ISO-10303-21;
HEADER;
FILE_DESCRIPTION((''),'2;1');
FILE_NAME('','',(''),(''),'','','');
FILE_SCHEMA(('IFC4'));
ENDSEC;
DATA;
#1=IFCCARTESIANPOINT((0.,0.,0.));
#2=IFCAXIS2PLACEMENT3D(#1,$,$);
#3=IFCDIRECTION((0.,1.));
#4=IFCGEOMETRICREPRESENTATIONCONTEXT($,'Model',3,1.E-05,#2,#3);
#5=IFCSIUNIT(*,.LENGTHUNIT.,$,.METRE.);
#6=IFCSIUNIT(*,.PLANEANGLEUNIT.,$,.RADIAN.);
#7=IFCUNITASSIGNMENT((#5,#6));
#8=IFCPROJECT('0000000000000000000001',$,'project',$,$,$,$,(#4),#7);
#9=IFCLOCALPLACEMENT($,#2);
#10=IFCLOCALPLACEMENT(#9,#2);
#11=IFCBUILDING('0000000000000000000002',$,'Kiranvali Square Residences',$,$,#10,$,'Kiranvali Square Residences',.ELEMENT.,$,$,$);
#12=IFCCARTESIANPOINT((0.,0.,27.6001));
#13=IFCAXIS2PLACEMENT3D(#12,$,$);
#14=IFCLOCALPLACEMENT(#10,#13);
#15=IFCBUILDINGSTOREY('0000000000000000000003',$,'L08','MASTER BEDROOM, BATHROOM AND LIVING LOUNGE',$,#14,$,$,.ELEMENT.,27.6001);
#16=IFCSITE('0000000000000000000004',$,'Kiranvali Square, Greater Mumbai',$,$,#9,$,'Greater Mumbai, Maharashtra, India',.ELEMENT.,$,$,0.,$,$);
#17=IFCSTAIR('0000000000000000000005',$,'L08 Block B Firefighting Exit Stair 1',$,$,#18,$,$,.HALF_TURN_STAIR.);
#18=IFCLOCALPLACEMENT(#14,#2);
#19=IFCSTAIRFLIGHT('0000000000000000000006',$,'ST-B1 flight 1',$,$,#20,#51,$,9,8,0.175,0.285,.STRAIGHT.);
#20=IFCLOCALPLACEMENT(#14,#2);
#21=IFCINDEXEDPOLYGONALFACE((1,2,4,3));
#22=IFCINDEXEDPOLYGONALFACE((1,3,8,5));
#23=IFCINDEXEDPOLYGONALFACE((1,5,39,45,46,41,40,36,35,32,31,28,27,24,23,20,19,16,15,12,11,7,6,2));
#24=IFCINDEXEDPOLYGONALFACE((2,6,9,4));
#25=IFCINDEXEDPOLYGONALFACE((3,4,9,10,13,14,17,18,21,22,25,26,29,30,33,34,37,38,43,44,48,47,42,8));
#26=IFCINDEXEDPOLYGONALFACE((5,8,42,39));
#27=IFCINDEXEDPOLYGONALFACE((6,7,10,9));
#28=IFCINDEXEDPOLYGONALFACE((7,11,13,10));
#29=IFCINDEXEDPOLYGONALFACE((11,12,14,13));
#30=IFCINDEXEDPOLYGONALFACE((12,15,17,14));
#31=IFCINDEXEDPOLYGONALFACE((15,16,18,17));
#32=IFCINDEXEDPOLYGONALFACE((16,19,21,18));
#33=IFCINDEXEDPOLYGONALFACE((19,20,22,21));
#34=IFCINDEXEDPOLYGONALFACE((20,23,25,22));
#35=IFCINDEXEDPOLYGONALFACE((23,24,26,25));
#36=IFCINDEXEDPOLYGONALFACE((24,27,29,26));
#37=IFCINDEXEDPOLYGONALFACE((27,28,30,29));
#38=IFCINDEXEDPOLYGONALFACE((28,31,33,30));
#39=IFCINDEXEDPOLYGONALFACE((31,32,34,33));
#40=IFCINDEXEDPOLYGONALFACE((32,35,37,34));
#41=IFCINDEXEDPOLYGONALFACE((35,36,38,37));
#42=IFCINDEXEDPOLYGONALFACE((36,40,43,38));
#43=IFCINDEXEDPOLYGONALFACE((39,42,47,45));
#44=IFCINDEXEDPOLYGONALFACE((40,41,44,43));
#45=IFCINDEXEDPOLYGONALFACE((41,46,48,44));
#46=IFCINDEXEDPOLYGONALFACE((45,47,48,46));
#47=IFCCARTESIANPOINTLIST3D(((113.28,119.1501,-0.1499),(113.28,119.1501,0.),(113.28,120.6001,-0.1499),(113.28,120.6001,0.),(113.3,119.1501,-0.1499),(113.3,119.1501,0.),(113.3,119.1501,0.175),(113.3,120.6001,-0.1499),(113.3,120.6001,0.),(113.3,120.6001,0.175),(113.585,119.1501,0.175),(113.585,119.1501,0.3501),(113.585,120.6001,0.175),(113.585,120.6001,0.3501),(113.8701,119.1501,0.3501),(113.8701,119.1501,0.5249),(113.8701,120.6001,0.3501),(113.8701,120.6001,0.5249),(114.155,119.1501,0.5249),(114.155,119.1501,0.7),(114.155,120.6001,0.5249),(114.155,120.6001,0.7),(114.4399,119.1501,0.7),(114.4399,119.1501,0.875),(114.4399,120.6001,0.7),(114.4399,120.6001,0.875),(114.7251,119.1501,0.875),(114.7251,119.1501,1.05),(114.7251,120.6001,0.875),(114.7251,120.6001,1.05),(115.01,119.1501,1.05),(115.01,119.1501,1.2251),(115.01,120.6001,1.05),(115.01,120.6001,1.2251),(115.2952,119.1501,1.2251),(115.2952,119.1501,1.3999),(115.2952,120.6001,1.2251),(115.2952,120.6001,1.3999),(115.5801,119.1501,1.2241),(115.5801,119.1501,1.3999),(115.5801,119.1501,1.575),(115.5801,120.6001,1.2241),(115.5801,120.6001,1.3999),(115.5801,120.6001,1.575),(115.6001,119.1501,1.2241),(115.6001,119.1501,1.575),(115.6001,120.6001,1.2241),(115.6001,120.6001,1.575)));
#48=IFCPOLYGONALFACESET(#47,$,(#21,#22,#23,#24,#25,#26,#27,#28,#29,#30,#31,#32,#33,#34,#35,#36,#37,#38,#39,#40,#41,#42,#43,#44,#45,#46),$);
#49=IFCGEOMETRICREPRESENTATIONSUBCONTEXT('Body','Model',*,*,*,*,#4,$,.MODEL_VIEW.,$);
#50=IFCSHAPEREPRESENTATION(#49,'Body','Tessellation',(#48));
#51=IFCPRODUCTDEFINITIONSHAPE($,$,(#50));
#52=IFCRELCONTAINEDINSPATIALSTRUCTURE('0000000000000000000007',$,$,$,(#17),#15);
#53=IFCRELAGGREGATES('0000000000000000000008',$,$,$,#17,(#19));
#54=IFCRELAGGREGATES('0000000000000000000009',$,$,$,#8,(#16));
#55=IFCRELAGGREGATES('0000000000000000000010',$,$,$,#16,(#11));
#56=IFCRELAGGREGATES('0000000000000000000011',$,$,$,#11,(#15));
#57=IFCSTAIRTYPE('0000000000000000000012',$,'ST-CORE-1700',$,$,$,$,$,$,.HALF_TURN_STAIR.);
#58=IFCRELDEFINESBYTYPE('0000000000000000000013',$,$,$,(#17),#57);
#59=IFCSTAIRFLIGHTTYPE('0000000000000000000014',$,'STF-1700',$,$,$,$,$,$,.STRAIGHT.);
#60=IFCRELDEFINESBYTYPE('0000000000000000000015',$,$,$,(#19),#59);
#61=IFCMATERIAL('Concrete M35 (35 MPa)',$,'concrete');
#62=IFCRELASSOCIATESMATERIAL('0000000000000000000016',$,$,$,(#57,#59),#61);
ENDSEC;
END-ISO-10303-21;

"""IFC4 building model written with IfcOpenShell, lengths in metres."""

from ifc_helpers import new_model, si_unit, direction, frame, origin, place, context, subcontext, project, spatial, polyline, outline, extrude, material, type_object, element, aggregate, save


model = new_model("IFC4")

# Units and contexts
model_context = context("Model", 3, precision=1e-05, world=origin(), true_north=direction((0.0, 1.0)))
body_context = subcontext(model_context, "Body", "Model", "MODEL_VIEW")
ifc_project = project(units=[si_unit("LENGTHUNIT", "METRE"), si_unit("PLANEANGLEUNIT", "RADIAN")], contexts=[model_context])

# Site, building, storey
site_placement = place(None, origin())
site = spatial("IfcSite", under=ifc_project, at=site_placement, Name="Kiranvali Square, Greater Mumbai", LongName="Greater Mumbai, Maharashtra, India", CompositionType="ELEMENT", RefElevation=0.0)
building_placement = place(site_placement, origin())
building = spatial("IfcBuilding", under=site, at=building_placement, Name="Kiranvali Square Residences", LongName="Kiranvali Square Residences", CompositionType="ELEMENT")
storey_placement = place(building_placement, frame((0.0, 0.0, 27.6001)))
storey = spatial("IfcBuildingStorey", under=building, at=storey_placement, Name="L08", Description="MASTER BEDROOM, BATHROOM AND LIVING LOUNGE", CompositionType="ELEMENT", Elevation=27.6001)

# Stair, stair flight
ifc_material_1 = material(Name="Concrete M35 (35 MPa)", Category="concrete")
stair_type = type_object("IfcStairType", Name="ST-CORE-1700", PredefinedType="HALF_TURN_STAIR", material=ifc_material_1)
stair_placement = place(storey_placement, origin())
stair = element("IfcStair", 1, at=stair_placement, inside=storey, type_object=stair_type, Name="L08 Block B Firefighting Exit Stair 1", PredefinedType="HALF_TURN_STAIR")
stair_flight_type = type_object("IfcStairFlightType", Name="STF-1700", PredefinedType="STRAIGHT", material=ifc_material_1)
stair_flight_placement = place(storey_placement, frame((113.3, 119.875, 0.0), z_axis=(0.0, 0.0, 1.0), x_axis=(1.0, 0.0, 0.0)))
stair_flight = element("IfcStairFlight", 2, at=stair_flight_placement, type_object=stair_flight_type, Name="ST-B1 flight 1", NumberOfRisers=9, NumberOfTreads=8, PredefinedType="STRAIGHT", RiserHeight=0.175, TreadLength=0.285, context=body_context, shape_type="SweptSolid", body=[
    extrude(outline(polyline([(-0.02, -0.1499), (-0.02, 0.0), (0.0, 0.0), (0.0, 0.175), (0.2849, 0.175), (0.2849, 0.3501), (0.5701, 0.3501), (0.5701, 0.5249), (0.855, 0.5249), (0.855, 0.7), (1.1399, 0.7), (1.1399, 0.875), (1.425, 0.875), (1.425, 1.05), (1.71, 1.05), (1.71, 1.2251), (1.9951, 1.2251), (1.9951, 1.3999), (2.28, 1.3999), (2.28, 1.575), (2.3, 1.575), (2.3, 1.2241), (2.28, 1.2241), (0.0, -0.1499), (-0.02, -0.1499)])), frame((0.0, 0.7251, 0.0), z_axis=(0.0, -1.0, 0.0), x_axis=(1.0, 0.0, 0.0)), (0.0, 0.0, 1.0), 1.45),
])
aggregate(stair, [stair_flight])

save(model, "model.ifc")
